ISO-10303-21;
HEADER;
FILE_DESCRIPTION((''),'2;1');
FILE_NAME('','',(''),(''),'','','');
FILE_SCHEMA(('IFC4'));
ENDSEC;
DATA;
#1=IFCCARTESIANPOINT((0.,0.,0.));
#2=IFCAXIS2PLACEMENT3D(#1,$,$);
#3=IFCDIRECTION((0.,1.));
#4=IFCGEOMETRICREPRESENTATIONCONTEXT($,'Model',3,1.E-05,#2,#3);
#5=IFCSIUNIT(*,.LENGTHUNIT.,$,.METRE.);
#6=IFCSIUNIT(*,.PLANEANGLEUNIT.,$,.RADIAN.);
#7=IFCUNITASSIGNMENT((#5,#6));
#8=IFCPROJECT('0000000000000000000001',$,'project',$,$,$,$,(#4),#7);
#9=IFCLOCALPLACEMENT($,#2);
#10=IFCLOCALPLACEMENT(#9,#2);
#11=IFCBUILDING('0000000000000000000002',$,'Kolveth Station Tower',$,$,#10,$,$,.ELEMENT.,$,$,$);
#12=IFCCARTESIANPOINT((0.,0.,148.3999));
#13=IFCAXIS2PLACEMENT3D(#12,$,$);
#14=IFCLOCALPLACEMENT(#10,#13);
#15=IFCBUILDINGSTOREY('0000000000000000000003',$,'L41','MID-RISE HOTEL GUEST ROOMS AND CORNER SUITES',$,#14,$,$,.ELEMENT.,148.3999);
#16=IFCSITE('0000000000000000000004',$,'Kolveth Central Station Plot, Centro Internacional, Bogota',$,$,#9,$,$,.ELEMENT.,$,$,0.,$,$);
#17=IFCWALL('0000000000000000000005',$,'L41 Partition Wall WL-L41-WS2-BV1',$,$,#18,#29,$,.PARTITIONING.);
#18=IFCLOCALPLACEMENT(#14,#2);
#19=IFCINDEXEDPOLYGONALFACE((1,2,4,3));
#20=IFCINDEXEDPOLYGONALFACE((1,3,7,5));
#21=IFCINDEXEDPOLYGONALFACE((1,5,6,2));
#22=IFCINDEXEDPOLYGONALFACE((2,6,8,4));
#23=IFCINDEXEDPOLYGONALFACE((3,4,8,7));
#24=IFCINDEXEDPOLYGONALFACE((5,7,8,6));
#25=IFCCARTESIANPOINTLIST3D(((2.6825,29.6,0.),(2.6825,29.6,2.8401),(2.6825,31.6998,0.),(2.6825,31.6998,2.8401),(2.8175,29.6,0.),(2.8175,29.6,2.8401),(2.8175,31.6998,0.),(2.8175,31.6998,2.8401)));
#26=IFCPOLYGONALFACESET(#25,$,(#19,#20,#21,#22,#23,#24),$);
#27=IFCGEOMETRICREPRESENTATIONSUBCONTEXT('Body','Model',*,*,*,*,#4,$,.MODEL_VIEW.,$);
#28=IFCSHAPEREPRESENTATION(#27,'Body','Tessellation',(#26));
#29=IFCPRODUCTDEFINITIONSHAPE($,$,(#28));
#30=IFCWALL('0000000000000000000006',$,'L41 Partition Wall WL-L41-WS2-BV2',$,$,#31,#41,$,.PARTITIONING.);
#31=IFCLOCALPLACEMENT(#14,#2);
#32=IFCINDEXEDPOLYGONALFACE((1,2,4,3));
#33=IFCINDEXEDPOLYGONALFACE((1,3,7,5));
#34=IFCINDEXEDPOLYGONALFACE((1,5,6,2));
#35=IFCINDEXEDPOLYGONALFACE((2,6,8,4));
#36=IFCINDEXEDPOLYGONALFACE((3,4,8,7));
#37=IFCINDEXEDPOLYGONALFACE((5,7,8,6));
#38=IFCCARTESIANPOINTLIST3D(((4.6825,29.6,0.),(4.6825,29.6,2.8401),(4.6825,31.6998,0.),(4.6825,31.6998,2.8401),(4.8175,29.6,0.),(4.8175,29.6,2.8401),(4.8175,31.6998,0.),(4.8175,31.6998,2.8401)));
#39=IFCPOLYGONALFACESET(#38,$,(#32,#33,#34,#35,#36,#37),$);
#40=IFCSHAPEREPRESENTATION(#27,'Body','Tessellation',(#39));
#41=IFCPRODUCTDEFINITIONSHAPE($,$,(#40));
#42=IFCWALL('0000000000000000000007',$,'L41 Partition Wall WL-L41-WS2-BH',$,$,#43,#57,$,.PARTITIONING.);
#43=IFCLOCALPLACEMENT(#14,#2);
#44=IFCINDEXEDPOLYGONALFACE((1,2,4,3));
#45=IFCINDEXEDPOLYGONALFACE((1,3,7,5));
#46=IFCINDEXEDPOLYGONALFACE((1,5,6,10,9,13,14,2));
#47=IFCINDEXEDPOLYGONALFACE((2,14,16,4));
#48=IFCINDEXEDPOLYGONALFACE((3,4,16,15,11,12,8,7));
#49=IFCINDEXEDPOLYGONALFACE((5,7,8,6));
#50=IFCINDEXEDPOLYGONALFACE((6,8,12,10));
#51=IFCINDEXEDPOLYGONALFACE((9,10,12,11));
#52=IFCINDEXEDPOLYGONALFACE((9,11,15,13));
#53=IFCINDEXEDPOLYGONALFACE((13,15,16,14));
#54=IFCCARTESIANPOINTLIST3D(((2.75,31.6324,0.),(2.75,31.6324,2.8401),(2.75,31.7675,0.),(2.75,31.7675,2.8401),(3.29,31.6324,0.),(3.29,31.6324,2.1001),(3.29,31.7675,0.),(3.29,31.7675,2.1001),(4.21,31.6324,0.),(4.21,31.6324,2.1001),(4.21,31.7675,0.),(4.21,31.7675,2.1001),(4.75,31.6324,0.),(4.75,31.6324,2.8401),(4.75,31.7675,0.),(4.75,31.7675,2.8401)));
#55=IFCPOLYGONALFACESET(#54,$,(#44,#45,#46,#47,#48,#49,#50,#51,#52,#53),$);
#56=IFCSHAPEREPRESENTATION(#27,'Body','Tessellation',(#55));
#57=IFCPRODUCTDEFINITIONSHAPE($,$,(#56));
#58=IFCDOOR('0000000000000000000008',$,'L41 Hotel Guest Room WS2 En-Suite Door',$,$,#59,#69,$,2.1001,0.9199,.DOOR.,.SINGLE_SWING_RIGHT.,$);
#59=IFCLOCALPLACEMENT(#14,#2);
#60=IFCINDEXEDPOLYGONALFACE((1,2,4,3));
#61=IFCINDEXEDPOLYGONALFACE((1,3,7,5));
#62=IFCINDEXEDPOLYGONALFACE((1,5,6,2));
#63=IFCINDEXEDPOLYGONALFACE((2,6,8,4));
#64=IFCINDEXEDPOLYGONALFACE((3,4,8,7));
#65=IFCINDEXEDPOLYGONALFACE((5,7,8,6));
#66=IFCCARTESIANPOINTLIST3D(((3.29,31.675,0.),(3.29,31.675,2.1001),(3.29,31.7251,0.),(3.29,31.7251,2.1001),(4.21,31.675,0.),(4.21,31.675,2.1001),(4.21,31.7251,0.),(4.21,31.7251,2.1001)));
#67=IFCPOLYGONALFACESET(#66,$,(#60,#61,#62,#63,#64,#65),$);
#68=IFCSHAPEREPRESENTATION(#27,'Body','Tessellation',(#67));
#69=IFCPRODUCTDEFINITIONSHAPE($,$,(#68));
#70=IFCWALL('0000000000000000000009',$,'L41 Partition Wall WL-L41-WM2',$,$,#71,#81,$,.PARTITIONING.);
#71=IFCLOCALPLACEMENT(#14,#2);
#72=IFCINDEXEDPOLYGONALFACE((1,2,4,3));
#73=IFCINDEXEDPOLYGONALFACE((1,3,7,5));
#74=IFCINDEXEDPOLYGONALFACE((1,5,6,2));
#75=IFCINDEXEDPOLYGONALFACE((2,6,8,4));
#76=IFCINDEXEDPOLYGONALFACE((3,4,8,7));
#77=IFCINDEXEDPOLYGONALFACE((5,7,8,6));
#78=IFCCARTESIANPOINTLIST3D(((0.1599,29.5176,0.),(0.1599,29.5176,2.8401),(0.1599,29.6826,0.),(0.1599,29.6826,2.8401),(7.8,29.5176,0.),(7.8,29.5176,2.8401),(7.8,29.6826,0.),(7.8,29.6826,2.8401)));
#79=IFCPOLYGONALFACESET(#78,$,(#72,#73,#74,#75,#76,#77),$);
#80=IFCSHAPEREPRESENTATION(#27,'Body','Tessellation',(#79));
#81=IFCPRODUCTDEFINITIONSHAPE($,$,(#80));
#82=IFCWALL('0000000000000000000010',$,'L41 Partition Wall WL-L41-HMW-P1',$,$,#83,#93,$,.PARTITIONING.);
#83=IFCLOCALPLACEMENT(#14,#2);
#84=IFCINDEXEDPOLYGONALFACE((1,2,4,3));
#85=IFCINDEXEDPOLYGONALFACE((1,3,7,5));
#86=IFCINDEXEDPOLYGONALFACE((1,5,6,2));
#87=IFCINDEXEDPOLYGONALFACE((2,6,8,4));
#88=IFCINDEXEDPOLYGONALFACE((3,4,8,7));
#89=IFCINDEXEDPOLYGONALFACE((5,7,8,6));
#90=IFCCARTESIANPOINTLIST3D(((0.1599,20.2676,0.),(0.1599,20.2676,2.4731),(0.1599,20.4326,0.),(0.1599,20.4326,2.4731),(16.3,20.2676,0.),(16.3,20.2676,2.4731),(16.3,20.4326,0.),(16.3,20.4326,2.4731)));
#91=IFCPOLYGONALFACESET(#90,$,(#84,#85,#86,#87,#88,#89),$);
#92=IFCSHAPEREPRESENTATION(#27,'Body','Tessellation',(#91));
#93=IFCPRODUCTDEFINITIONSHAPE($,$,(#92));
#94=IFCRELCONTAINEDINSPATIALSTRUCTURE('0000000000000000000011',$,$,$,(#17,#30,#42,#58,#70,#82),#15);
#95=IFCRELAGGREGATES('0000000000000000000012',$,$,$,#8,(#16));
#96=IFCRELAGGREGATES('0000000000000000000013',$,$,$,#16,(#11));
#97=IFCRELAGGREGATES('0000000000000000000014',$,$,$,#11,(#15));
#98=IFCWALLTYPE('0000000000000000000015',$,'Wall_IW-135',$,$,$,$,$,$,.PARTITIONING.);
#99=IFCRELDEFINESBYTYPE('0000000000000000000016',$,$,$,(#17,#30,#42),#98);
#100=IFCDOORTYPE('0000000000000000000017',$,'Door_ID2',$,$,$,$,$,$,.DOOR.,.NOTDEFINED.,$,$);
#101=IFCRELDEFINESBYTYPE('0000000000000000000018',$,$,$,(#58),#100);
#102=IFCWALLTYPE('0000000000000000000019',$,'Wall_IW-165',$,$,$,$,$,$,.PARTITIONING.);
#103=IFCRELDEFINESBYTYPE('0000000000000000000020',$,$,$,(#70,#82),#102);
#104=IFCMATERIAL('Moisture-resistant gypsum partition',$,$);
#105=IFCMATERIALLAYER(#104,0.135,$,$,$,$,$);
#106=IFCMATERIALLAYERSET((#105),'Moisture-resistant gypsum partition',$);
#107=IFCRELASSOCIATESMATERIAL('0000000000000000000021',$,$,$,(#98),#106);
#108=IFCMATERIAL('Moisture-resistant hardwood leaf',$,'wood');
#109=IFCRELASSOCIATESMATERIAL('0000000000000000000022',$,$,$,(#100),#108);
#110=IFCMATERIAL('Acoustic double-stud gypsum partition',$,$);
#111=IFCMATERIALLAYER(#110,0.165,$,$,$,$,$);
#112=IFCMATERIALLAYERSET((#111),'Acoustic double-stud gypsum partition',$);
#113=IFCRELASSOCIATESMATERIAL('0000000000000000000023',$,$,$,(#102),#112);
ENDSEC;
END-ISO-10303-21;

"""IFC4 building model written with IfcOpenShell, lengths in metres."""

from ifc_helpers import new_model, si_unit, direction, frame, frame_2d, origin, place, context, subcontext, project, spatial, rectangle, extrude, material, layer, layer_set, type_object, element, fill, save


model = new_model("IFC4")

# Units and contexts
model_context = context("Model", 3, precision=1e-05, world=origin(), true_north=direction((0.0, 1.0)))
body_context = subcontext(model_context, "Body", "Model", "MODEL_VIEW")
ifc_project = project(units=[si_unit("LENGTHUNIT", "METRE"), si_unit("PLANEANGLEUNIT", "RADIAN")], contexts=[model_context])

# Site, building, storey
site_placement = place(None, origin())
site = spatial("IfcSite", under=ifc_project, at=site_placement, Name="Kolveth Central Station Plot, Centro Internacional, Bogota", CompositionType="ELEMENT", RefElevation=0.0)
building_placement = place(site_placement, origin())
building = spatial("IfcBuilding", under=site, at=building_placement, Name="Kolveth Station Tower", CompositionType="ELEMENT")
storey_placement = place(building_placement, frame((0.0, 0.0, 148.3999)))
storey = spatial("IfcBuildingStorey", under=building, at=storey_placement, Name="L41", Description="MID-RISE HOTEL GUEST ROOMS AND CORNER SUITES", CompositionType="ELEMENT", Elevation=148.3999)

# Walls
ifc_material_1 = material(Name="Moisture-resistant gypsum partition")
ifc_layer_1 = layer(ifc_material_1, 0.135)
ifc_layer_set_1 = layer_set([ifc_layer_1], Name="Moisture-resistant gypsum partition")
wall_type_1 = type_object("IfcWallType", Name="Wall_IW-135", PredefinedType="PARTITIONING", material=ifc_layer_set_1)
for number, where, z_axis, x_axis, name in (
    (1, (2.75, 29.6001, 0.0), (0.0, 0.0, 1.0), (0.0, 1.0, 0.0), "L41 Partition Wall WL-L41-WS2-BV1"),
    (2, (4.75, 29.6001, 0.0), (0.0, 0.0, 1.0), (0.0, 1.0, 0.0), "L41 Partition Wall WL-L41-WS2-BV2"),
):
    element("IfcWall", number, at=place(storey_placement, frame(where, z_axis=z_axis, x_axis=x_axis)), inside=storey, type_object=wall_type_1, Name=name, PredefinedType="PARTITIONING", context=body_context, shape_type="SweptSolid", body=[
        extrude(rectangle(XDim=2.0999, YDim=0.135, at=frame_2d((1.0498, 0.0))), origin(), (0.0, 0.0, 1.0), 2.8401),
    ])

# Wall, opening, door
wall_1_placement = place(storey_placement, frame((2.75, 31.7, 0.0), z_axis=(0.0, 0.0, 1.0), x_axis=(1.0, 0.0, 0.0)))
wall_1 = element("IfcWall", 3, at=wall_1_placement, inside=storey, type_object=wall_type_1, Name="L41 Partition Wall WL-L41-WS2-BH", PredefinedType="PARTITIONING", context=body_context, shape_type="SweptSolid", body=[
    extrude(rectangle(XDim=2.0, YDim=0.135, at=frame_2d((1.0, 0.0))), origin(), (0.0, 0.0, 1.0), 2.8401),
])
opening_placement = place(wall_1_placement, frame((0.54, 0.0, 0.0)))
opening = element("IfcOpeningElement", 4, at=opening_placement, cuts=wall_1, PredefinedType="OPENING", context=body_context, shape_type="SweptSolid", body=[
    extrude(rectangle(XDim=0.9199, YDim=2.1001, at=frame_2d((0.46, 1.05))), frame((0.0, 0.0774, 0.0), z_axis=(0.0, -1.0, 0.0), x_axis=(1.0, 0.0, 0.0)), (0.0, 0.0, 1.0), 0.155),
])
ifc_material_2 = material(Name="Moisture-resistant hardwood leaf", Category="wood")
door_type = type_object("IfcDoorType", Name="Door_ID2", OperationType="NOTDEFINED", PredefinedType="DOOR", material=ifc_material_2)
door_placement = place(opening_placement, frame((0.9199, 0.0, 0.0), z_axis=(0.0, 0.0, 1.0), x_axis=(-1.0, 0.0, 0.0)))
door = element("IfcDoor", 5, at=door_placement, inside=storey, type_object=door_type, Name="L41 Hotel Guest Room WS2 En-Suite Door", OperationType="SINGLE_SWING_RIGHT", OverallHeight=2.1001, OverallWidth=0.9199, PredefinedType="DOOR", context=body_context, shape_type="SweptSolid", body=[
    extrude(rectangle(XDim=0.9199, YDim=2.1001, at=frame_2d((0.46, 1.05))), frame((0.0, 0.0249, 0.0), z_axis=(0.0, -1.0, 0.0), x_axis=(1.0, 0.0, 0.0)), (0.0, 0.0, 1.0), 0.05),
])
fill(opening, door)

# Walls
ifc_material_3 = material(Name="Acoustic double-stud gypsum partition")
ifc_layer_2 = layer(ifc_material_3, 0.165)
ifc_layer_set_2 = layer_set([ifc_layer_2], Name="Acoustic double-stud gypsum partition")
wall_type_2 = type_object("IfcWallType", Name="Wall_IW-165", PredefinedType="PARTITIONING", material=ifc_layer_set_2)
wall_2_placement = place(storey_placement, frame((0.1599, 29.6001, 0.0), z_axis=(0.0, 0.0, 1.0), x_axis=(1.0, 0.0, 0.0)))
element("IfcWall", 6, at=wall_2_placement, inside=storey, type_object=wall_type_2, Name="L41 Partition Wall WL-L41-WM2", PredefinedType="PARTITIONING", context=body_context, shape_type="SweptSolid", body=[
    extrude(rectangle(XDim=7.6401, YDim=0.165, at=frame_2d((3.8201, 0.0))), origin(), (0.0, 0.0, 1.0), 2.8401),
])
wall_3_placement = place(storey_placement, frame((0.1599, 20.3501, 0.0), z_axis=(0.0, 0.0, 1.0), x_axis=(1.0, 0.0, 0.0)))
element("IfcWall", 7, at=wall_3_placement, inside=storey, type_object=wall_type_2, Name="L41 Partition Wall WL-L41-HMW-P1", PredefinedType="PARTITIONING", context=body_context, shape_type="SweptSolid", body=[
    extrude(rectangle(XDim=16.1401, YDim=0.165, at=frame_2d((8.0701, 0.0))), origin(), (0.0, 0.0, 1.0), 2.4731),
])

save(model, "model.ifc")
